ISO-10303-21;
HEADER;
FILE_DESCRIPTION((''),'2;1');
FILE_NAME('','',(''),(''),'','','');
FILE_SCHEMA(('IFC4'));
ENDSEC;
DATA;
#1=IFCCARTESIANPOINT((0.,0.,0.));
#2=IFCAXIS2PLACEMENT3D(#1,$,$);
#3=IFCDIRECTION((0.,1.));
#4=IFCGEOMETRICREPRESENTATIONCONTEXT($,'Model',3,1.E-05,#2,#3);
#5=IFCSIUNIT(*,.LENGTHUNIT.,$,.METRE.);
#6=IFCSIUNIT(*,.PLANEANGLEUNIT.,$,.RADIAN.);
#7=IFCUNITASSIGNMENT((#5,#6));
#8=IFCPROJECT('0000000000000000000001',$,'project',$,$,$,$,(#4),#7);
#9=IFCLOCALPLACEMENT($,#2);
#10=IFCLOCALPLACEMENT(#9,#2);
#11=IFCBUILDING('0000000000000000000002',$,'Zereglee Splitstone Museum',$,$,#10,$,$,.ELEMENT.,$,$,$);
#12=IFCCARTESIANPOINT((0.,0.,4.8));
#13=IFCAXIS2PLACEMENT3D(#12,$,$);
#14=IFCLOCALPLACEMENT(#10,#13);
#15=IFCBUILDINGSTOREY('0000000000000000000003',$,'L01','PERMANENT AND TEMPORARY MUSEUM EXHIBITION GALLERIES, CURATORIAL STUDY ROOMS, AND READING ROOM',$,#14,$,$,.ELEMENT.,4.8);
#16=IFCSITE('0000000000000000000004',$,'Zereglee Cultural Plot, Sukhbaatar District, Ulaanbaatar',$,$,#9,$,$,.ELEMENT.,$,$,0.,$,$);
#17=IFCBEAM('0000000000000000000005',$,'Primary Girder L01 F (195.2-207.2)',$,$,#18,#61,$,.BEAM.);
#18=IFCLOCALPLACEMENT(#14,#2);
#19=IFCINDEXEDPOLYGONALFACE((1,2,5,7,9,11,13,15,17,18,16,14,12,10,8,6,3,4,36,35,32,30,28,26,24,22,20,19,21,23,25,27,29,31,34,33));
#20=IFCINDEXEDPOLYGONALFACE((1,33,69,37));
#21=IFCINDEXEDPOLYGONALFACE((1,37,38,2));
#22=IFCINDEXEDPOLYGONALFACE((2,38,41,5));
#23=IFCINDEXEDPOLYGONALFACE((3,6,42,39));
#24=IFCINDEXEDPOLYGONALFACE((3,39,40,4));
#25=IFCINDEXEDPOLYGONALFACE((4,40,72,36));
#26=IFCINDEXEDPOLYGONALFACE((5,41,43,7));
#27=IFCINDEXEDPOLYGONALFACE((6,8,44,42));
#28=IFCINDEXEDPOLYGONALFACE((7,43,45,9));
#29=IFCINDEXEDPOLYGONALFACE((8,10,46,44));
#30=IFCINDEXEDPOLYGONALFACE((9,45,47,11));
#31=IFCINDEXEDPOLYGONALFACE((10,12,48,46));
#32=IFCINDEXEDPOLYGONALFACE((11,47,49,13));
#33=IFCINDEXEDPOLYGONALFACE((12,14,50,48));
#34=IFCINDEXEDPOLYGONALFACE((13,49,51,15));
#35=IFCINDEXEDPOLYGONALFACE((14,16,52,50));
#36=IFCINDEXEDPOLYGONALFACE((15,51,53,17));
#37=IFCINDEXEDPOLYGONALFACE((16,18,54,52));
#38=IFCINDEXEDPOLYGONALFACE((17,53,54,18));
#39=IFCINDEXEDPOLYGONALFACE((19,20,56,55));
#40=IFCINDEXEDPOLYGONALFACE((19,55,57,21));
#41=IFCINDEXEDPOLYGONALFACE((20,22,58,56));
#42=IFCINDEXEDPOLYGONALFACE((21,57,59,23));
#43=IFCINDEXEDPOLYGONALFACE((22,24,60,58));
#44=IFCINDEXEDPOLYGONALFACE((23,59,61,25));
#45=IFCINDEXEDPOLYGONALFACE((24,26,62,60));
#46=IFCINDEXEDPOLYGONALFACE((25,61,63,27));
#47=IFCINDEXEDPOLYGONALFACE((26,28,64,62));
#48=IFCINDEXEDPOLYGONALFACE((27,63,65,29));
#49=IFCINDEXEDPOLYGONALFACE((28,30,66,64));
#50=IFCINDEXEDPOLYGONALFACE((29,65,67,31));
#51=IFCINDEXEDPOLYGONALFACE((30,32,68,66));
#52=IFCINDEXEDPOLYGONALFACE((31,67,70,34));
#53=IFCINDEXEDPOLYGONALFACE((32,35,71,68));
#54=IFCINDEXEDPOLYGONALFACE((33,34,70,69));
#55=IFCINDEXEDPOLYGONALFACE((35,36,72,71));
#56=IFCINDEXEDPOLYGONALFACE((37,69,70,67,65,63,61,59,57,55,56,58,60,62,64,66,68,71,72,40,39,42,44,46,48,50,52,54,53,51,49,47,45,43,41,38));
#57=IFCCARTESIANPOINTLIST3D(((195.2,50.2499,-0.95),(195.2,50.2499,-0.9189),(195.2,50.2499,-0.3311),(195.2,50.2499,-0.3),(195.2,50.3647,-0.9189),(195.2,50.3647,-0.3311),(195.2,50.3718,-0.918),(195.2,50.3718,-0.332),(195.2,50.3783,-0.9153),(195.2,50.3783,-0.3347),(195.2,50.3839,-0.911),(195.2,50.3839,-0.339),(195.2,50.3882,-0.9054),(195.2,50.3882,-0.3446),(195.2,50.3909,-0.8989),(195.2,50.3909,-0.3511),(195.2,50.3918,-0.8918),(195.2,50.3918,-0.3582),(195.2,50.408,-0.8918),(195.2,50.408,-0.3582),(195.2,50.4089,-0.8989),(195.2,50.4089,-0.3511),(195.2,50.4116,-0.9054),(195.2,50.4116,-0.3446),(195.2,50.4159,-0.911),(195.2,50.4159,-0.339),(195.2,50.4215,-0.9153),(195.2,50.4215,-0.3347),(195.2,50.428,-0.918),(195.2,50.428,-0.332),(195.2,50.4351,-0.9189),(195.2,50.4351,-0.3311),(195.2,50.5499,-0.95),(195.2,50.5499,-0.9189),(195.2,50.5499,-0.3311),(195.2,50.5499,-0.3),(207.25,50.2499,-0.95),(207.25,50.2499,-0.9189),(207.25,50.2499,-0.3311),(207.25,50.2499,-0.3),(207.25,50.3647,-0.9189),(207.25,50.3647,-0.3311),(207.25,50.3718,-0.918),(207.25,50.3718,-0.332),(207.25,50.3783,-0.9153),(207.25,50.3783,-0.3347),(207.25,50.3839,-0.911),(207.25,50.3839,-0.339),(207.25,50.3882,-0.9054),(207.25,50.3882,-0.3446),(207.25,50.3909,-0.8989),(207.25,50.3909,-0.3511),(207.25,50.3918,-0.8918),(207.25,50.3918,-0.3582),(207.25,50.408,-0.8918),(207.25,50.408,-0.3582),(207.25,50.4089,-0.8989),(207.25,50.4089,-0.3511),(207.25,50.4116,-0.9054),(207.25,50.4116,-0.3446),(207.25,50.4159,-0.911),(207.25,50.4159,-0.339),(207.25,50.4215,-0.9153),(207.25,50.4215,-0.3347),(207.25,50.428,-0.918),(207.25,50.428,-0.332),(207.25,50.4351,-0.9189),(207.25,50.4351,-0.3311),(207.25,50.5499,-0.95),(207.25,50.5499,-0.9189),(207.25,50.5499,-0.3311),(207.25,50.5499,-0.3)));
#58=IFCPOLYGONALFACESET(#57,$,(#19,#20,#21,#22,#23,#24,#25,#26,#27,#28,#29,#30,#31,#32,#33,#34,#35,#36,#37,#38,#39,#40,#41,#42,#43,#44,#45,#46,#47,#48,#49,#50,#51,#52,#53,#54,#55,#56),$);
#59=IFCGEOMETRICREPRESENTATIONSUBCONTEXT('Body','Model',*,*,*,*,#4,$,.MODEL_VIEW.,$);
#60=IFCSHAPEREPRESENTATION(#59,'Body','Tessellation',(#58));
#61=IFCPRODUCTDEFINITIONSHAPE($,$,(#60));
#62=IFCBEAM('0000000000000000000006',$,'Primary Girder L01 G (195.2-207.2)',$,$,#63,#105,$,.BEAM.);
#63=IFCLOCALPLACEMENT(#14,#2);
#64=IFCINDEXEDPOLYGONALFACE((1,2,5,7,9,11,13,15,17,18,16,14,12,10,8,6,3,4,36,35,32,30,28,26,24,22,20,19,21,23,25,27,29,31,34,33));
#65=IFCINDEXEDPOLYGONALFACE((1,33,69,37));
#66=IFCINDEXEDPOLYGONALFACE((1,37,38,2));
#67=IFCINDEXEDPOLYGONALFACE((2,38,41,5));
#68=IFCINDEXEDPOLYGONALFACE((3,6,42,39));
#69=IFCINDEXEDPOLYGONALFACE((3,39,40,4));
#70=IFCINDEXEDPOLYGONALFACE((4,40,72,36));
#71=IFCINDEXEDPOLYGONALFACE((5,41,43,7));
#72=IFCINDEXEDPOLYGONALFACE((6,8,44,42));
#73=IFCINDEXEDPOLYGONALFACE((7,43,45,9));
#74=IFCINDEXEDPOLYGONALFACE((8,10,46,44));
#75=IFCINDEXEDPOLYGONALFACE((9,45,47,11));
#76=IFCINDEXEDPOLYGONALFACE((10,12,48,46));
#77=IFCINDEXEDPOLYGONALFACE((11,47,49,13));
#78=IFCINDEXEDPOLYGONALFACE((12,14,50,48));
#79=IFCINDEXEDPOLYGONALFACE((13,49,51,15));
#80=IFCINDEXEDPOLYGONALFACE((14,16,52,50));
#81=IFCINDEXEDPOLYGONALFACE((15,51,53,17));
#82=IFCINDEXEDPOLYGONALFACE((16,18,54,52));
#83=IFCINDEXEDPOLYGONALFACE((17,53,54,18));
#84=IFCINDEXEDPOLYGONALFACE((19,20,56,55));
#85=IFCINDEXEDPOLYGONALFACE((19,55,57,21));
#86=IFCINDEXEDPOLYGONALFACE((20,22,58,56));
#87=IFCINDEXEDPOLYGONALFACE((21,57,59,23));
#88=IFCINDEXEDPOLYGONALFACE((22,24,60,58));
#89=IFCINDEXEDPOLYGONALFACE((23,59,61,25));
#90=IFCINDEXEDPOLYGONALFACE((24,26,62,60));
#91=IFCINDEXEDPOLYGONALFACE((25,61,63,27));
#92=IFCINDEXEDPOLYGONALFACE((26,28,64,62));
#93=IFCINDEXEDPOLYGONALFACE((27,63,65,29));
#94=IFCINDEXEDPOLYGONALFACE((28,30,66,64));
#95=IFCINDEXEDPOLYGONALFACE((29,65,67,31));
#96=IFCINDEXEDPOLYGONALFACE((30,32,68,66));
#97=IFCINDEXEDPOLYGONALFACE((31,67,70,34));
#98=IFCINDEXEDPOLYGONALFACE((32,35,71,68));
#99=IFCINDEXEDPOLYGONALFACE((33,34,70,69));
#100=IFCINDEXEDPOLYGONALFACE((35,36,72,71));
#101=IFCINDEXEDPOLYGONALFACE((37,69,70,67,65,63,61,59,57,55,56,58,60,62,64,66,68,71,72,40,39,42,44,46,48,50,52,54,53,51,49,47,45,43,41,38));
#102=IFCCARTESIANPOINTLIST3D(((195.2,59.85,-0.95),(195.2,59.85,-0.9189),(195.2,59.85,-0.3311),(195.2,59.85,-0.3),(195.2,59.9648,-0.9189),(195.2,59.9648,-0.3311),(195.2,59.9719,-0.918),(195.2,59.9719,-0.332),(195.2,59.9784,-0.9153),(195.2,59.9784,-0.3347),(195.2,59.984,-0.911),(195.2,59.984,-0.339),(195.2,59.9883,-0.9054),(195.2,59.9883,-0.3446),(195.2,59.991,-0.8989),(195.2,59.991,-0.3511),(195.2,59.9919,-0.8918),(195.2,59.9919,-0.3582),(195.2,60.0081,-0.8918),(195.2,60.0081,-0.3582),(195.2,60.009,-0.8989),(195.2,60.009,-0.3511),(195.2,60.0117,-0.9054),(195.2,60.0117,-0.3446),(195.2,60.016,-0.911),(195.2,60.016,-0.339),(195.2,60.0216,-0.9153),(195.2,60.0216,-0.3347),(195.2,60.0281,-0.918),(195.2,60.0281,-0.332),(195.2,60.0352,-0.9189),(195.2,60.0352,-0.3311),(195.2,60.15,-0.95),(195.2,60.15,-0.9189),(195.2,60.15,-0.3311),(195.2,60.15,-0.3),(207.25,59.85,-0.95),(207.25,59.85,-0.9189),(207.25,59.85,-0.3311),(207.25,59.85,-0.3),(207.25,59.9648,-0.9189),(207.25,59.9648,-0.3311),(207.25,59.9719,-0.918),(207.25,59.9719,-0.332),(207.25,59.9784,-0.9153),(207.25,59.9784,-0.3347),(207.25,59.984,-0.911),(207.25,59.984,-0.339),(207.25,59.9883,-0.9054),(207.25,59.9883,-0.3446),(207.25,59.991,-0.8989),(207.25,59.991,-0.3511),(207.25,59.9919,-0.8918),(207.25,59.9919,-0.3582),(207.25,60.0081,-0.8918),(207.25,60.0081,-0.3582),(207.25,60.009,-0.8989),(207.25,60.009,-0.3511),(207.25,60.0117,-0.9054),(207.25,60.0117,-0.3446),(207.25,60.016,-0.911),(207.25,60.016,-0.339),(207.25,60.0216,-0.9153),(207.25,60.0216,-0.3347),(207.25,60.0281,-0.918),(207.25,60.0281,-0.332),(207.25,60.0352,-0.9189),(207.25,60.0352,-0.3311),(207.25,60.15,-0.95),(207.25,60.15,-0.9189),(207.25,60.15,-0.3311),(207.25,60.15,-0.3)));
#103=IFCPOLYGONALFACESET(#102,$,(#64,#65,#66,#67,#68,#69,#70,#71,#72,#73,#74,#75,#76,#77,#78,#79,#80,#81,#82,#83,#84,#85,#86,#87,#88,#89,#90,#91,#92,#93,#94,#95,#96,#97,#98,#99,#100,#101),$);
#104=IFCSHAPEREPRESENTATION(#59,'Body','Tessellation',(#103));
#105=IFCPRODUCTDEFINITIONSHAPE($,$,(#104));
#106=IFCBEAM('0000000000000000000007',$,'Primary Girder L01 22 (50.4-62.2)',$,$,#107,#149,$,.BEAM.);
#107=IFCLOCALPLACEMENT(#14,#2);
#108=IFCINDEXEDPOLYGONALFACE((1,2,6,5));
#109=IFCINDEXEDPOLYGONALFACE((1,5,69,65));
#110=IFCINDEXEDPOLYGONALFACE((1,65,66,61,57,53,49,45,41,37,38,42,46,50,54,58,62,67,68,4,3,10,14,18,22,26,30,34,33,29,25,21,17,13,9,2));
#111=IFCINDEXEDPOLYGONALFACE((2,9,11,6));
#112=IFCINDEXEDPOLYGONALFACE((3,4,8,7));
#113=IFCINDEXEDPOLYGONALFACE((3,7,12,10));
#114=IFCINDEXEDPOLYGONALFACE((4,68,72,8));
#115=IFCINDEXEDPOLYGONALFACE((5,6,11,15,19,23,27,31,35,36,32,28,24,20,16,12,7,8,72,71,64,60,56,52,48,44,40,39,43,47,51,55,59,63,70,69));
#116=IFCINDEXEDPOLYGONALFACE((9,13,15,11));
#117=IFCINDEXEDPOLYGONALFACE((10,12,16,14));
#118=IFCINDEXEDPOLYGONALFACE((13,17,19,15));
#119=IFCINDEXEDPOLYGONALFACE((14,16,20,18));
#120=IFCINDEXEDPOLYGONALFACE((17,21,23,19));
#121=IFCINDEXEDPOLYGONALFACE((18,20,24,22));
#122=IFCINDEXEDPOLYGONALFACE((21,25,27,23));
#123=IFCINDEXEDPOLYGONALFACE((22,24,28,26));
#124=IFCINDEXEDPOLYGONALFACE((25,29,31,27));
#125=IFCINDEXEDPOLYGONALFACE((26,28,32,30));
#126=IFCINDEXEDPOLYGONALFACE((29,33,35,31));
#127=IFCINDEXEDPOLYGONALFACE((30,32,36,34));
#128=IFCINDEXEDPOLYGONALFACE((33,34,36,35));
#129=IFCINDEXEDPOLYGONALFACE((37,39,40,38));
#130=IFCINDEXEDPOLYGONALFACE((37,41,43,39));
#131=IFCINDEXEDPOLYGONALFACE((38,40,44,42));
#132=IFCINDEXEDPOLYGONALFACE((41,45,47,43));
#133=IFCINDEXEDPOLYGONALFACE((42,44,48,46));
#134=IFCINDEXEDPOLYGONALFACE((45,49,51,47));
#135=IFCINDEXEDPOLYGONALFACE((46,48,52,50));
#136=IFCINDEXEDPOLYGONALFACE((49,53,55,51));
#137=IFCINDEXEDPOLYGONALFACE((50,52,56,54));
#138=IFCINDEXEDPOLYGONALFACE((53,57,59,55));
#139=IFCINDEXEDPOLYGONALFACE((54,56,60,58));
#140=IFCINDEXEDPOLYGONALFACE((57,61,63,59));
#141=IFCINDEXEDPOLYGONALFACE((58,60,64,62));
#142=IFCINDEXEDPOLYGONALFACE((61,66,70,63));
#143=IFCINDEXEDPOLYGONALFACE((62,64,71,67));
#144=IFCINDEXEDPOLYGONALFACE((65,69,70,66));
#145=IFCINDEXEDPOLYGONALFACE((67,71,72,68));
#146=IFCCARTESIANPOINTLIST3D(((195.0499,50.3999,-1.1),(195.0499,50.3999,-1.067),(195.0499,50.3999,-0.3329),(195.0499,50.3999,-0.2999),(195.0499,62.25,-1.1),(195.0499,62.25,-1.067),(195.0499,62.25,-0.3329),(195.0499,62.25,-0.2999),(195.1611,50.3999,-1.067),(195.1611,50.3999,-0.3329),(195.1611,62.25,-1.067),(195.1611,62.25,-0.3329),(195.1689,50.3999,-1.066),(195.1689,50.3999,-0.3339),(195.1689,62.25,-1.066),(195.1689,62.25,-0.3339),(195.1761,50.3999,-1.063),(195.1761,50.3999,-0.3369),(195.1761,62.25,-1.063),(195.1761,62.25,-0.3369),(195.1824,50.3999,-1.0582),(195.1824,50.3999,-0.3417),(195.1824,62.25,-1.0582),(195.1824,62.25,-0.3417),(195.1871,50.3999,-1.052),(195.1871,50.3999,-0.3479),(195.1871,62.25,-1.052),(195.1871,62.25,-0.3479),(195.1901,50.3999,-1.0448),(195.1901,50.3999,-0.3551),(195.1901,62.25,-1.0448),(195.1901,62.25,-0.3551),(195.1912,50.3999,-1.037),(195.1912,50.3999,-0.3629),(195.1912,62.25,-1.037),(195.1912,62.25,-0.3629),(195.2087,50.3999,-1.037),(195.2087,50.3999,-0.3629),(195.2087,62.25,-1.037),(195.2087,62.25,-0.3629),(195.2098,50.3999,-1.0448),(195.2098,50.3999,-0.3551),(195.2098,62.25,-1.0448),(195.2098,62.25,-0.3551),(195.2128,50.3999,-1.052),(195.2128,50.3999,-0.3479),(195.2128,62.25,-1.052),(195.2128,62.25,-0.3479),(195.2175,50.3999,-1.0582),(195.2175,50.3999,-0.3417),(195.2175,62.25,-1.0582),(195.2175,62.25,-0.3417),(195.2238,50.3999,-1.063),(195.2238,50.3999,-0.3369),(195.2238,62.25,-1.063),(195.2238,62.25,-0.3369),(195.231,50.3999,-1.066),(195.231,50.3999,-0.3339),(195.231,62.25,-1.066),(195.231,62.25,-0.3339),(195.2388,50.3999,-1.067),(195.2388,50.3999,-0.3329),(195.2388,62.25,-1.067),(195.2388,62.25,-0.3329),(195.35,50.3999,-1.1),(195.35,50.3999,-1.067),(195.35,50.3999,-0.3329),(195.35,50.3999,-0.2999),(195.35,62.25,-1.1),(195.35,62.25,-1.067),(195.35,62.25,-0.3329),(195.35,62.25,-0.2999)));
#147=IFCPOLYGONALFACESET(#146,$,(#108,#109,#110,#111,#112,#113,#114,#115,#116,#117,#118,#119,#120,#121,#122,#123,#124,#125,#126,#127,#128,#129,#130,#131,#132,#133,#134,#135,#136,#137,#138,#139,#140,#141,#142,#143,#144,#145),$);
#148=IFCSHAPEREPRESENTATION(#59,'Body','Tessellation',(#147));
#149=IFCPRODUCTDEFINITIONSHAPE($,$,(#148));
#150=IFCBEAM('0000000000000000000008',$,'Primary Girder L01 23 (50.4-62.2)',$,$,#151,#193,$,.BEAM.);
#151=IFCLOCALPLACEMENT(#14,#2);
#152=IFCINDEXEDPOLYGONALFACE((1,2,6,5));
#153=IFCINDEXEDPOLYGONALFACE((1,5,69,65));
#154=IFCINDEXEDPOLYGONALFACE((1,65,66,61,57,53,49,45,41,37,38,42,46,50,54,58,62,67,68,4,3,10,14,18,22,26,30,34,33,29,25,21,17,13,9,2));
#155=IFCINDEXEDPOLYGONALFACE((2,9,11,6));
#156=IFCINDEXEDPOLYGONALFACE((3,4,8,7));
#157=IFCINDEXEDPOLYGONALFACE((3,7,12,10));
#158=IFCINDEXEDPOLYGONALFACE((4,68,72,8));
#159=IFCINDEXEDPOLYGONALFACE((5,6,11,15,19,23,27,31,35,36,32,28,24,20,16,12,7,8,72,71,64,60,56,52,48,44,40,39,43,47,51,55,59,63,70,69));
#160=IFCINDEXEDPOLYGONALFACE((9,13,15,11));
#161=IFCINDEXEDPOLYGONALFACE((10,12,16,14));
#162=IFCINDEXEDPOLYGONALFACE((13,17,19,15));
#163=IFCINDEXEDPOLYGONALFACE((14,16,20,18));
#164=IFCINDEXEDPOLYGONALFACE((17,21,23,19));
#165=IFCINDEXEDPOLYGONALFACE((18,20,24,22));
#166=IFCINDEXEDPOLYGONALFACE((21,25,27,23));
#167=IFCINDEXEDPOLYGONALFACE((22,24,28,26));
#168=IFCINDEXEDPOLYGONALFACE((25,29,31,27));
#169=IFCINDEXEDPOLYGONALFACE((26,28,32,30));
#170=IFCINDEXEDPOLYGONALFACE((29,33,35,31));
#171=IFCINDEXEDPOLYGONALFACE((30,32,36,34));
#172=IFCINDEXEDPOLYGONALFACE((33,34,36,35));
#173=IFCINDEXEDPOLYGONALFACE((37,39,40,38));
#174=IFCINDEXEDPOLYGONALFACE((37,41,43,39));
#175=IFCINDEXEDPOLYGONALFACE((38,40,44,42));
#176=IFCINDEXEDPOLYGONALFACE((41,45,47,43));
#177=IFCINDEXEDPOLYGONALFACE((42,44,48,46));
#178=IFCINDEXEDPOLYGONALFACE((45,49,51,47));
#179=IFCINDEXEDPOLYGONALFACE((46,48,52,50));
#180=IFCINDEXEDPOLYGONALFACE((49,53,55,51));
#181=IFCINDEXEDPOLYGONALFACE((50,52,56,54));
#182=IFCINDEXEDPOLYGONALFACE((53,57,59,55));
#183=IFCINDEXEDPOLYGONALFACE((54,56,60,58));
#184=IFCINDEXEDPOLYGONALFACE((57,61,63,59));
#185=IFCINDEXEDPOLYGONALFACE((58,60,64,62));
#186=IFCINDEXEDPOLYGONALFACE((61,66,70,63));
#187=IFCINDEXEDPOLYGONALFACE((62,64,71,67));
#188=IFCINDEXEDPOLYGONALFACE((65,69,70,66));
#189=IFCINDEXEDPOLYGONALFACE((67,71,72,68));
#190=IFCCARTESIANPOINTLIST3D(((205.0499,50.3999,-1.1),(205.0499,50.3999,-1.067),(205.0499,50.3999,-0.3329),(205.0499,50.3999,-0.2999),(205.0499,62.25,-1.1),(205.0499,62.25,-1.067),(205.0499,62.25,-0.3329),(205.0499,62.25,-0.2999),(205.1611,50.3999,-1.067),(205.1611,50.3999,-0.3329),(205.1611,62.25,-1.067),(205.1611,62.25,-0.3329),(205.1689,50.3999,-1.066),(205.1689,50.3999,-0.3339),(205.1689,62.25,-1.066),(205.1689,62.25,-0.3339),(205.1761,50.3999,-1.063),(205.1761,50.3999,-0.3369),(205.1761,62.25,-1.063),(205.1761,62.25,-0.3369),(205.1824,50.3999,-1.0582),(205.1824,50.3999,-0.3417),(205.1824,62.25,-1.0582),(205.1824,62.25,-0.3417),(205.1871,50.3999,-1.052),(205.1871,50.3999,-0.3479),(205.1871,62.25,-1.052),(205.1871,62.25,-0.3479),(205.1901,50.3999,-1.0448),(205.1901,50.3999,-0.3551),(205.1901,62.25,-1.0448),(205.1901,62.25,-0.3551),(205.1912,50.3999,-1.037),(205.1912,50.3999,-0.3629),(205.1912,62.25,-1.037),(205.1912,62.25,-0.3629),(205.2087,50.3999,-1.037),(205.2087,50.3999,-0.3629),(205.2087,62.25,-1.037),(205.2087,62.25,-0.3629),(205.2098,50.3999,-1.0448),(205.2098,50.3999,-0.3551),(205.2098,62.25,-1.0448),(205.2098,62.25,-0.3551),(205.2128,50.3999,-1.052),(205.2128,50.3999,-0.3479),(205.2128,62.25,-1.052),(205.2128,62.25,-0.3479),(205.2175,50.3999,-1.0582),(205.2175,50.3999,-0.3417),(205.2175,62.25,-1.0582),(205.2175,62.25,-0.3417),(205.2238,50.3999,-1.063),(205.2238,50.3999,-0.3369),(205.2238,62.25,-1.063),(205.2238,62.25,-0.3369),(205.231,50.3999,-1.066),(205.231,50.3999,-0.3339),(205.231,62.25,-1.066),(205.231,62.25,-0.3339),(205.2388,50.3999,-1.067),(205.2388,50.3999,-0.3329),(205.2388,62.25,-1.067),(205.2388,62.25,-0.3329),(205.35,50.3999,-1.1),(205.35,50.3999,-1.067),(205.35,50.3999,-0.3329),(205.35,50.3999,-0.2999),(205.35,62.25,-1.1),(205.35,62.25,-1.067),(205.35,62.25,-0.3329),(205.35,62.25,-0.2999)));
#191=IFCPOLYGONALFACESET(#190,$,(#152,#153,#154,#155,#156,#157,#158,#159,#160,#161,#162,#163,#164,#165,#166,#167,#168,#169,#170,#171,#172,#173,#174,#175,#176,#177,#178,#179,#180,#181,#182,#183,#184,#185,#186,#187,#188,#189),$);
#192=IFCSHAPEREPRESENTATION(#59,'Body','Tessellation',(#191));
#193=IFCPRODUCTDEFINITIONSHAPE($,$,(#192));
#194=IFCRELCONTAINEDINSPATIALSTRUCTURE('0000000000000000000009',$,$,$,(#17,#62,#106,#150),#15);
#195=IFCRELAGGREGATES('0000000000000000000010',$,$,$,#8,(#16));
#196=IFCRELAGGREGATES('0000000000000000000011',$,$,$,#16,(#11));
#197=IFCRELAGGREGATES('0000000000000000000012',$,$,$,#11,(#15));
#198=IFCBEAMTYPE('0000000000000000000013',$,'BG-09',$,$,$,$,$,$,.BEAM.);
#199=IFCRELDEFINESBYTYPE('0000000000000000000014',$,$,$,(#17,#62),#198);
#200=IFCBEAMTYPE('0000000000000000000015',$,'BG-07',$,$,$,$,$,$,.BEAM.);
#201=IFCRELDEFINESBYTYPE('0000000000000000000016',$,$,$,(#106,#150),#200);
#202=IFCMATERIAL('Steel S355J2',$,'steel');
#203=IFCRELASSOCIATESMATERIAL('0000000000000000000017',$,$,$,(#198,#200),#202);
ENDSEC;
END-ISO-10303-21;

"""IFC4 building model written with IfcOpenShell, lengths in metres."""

from ifc_helpers import new_model, si_unit, direction, frame, origin, origin_2d, place, context, subcontext, project, spatial, i_section, extrude, material, material_profile, profile_set, type_object, element, save


model = new_model("IFC4")

# Units and contexts
model_context = context("Model", 3, precision=1e-05, world=origin(), true_north=direction((0.0, 1.0)))
body_context = subcontext(model_context, "Body", "Model", "MODEL_VIEW")
ifc_project = project(units=[si_unit("LENGTHUNIT", "METRE"), si_unit("PLANEANGLEUNIT", "RADIAN")], contexts=[model_context])

# Site, building, storey
site_placement = place(None, origin())
site = spatial("IfcSite", under=ifc_project, at=site_placement, Name="Zereglee Cultural Plot, Sukhbaatar District, Ulaanbaatar", CompositionType="ELEMENT", RefElevation=0.0)
building_placement = place(site_placement, origin())
building = spatial("IfcBuilding", under=site, at=building_placement, Name="Zereglee Splitstone Museum", CompositionType="ELEMENT")
storey_placement = place(building_placement, frame((0.0, 0.0, 4.8)))
storey = spatial("IfcBuildingStorey", under=building, at=storey_placement, Name="L01", Description="PERMANENT AND TEMPORARY MUSEUM EXHIBITION GALLERIES, CURATORIAL STUDY ROOMS, AND READING ROOM", CompositionType="ELEMENT", Elevation=4.8)

# Shared definitions
ifc_material_1 = material(Name="Steel S355J2", Category="steel")

# Beams
ifc_material_profile_1 = material_profile(ifc_material_1, i_section(OverallWidth=0.3, OverallDepth=0.6499, WebThickness=0.0161, FlangeThickness=0.031, FilletRadius=0.0271, at=origin_2d()), Name="HE 650 B")
ifc_profile_set_1 = profile_set([ifc_material_profile_1], Name="Steel S355J2")
beam_type_1 = type_object("IfcBeamType", Name="BG-09", PredefinedType="BEAM", material=ifc_profile_set_1)
for number, where, z_axis, x_axis, name in (
    (1, (195.2, 50.3999, -0.625), (1.0, 0.0, 0.0), (0.0, 1.0, 0.0), "Primary Girder L01 F (195.2-207.2)"),
    (2, (195.2, 60.0, -0.625), (1.0, 0.0, 0.0), (0.0, 1.0, 0.0), "Primary Girder L01 G (195.2-207.2)"),
):
    element("IfcBeam", number, at=place(storey_placement, frame(where, z_axis=z_axis, x_axis=x_axis)), inside=storey, type_object=beam_type_1, Name=name, PredefinedType="BEAM", context=body_context, shape_type="SweptSolid", body=[
        extrude(i_section(OverallWidth=0.3, OverallDepth=0.6499, WebThickness=0.0161, FlangeThickness=0.031, FilletRadius=0.0271, at=origin_2d()), origin(), (0.0, 0.0, 1.0), 12.05),
    ])
ifc_material_profile_2 = material_profile(ifc_material_1, i_section(OverallWidth=0.3, OverallDepth=0.8, WebThickness=0.0176, FlangeThickness=0.033, FilletRadius=0.03, at=origin_2d()), Name="HE 800 B")
ifc_profile_set_2 = profile_set([ifc_material_profile_2], Name="Steel S355J2")
beam_type_2 = type_object("IfcBeamType", Name="BG-07", PredefinedType="BEAM", material=ifc_profile_set_2)
for number, where, z_axis, x_axis, name in (
    (3, (195.2, 50.3999, -0.7), (0.0, 1.0, 0.0), (-1.0, 0.0, 0.0), "Primary Girder L01 22 (50.4-62.2)"),
    (4, (205.2, 50.3999, -0.7), (0.0, 1.0, 0.0), (-1.0, 0.0, 0.0), "Primary Girder L01 23 (50.4-62.2)"),
):
    element("IfcBeam", number, at=place(storey_placement, frame(where, z_axis=z_axis, x_axis=x_axis)), inside=storey, type_object=beam_type_2, Name=name, PredefinedType="BEAM", context=body_context, shape_type="SweptSolid", body=[
        extrude(i_section(OverallWidth=0.3, OverallDepth=0.8, WebThickness=0.0176, FlangeThickness=0.033, FilletRadius=0.03, at=origin_2d()), origin(), (0.0, 0.0, 1.0), 11.8501),
    ])

save(model, "model.ifc")
